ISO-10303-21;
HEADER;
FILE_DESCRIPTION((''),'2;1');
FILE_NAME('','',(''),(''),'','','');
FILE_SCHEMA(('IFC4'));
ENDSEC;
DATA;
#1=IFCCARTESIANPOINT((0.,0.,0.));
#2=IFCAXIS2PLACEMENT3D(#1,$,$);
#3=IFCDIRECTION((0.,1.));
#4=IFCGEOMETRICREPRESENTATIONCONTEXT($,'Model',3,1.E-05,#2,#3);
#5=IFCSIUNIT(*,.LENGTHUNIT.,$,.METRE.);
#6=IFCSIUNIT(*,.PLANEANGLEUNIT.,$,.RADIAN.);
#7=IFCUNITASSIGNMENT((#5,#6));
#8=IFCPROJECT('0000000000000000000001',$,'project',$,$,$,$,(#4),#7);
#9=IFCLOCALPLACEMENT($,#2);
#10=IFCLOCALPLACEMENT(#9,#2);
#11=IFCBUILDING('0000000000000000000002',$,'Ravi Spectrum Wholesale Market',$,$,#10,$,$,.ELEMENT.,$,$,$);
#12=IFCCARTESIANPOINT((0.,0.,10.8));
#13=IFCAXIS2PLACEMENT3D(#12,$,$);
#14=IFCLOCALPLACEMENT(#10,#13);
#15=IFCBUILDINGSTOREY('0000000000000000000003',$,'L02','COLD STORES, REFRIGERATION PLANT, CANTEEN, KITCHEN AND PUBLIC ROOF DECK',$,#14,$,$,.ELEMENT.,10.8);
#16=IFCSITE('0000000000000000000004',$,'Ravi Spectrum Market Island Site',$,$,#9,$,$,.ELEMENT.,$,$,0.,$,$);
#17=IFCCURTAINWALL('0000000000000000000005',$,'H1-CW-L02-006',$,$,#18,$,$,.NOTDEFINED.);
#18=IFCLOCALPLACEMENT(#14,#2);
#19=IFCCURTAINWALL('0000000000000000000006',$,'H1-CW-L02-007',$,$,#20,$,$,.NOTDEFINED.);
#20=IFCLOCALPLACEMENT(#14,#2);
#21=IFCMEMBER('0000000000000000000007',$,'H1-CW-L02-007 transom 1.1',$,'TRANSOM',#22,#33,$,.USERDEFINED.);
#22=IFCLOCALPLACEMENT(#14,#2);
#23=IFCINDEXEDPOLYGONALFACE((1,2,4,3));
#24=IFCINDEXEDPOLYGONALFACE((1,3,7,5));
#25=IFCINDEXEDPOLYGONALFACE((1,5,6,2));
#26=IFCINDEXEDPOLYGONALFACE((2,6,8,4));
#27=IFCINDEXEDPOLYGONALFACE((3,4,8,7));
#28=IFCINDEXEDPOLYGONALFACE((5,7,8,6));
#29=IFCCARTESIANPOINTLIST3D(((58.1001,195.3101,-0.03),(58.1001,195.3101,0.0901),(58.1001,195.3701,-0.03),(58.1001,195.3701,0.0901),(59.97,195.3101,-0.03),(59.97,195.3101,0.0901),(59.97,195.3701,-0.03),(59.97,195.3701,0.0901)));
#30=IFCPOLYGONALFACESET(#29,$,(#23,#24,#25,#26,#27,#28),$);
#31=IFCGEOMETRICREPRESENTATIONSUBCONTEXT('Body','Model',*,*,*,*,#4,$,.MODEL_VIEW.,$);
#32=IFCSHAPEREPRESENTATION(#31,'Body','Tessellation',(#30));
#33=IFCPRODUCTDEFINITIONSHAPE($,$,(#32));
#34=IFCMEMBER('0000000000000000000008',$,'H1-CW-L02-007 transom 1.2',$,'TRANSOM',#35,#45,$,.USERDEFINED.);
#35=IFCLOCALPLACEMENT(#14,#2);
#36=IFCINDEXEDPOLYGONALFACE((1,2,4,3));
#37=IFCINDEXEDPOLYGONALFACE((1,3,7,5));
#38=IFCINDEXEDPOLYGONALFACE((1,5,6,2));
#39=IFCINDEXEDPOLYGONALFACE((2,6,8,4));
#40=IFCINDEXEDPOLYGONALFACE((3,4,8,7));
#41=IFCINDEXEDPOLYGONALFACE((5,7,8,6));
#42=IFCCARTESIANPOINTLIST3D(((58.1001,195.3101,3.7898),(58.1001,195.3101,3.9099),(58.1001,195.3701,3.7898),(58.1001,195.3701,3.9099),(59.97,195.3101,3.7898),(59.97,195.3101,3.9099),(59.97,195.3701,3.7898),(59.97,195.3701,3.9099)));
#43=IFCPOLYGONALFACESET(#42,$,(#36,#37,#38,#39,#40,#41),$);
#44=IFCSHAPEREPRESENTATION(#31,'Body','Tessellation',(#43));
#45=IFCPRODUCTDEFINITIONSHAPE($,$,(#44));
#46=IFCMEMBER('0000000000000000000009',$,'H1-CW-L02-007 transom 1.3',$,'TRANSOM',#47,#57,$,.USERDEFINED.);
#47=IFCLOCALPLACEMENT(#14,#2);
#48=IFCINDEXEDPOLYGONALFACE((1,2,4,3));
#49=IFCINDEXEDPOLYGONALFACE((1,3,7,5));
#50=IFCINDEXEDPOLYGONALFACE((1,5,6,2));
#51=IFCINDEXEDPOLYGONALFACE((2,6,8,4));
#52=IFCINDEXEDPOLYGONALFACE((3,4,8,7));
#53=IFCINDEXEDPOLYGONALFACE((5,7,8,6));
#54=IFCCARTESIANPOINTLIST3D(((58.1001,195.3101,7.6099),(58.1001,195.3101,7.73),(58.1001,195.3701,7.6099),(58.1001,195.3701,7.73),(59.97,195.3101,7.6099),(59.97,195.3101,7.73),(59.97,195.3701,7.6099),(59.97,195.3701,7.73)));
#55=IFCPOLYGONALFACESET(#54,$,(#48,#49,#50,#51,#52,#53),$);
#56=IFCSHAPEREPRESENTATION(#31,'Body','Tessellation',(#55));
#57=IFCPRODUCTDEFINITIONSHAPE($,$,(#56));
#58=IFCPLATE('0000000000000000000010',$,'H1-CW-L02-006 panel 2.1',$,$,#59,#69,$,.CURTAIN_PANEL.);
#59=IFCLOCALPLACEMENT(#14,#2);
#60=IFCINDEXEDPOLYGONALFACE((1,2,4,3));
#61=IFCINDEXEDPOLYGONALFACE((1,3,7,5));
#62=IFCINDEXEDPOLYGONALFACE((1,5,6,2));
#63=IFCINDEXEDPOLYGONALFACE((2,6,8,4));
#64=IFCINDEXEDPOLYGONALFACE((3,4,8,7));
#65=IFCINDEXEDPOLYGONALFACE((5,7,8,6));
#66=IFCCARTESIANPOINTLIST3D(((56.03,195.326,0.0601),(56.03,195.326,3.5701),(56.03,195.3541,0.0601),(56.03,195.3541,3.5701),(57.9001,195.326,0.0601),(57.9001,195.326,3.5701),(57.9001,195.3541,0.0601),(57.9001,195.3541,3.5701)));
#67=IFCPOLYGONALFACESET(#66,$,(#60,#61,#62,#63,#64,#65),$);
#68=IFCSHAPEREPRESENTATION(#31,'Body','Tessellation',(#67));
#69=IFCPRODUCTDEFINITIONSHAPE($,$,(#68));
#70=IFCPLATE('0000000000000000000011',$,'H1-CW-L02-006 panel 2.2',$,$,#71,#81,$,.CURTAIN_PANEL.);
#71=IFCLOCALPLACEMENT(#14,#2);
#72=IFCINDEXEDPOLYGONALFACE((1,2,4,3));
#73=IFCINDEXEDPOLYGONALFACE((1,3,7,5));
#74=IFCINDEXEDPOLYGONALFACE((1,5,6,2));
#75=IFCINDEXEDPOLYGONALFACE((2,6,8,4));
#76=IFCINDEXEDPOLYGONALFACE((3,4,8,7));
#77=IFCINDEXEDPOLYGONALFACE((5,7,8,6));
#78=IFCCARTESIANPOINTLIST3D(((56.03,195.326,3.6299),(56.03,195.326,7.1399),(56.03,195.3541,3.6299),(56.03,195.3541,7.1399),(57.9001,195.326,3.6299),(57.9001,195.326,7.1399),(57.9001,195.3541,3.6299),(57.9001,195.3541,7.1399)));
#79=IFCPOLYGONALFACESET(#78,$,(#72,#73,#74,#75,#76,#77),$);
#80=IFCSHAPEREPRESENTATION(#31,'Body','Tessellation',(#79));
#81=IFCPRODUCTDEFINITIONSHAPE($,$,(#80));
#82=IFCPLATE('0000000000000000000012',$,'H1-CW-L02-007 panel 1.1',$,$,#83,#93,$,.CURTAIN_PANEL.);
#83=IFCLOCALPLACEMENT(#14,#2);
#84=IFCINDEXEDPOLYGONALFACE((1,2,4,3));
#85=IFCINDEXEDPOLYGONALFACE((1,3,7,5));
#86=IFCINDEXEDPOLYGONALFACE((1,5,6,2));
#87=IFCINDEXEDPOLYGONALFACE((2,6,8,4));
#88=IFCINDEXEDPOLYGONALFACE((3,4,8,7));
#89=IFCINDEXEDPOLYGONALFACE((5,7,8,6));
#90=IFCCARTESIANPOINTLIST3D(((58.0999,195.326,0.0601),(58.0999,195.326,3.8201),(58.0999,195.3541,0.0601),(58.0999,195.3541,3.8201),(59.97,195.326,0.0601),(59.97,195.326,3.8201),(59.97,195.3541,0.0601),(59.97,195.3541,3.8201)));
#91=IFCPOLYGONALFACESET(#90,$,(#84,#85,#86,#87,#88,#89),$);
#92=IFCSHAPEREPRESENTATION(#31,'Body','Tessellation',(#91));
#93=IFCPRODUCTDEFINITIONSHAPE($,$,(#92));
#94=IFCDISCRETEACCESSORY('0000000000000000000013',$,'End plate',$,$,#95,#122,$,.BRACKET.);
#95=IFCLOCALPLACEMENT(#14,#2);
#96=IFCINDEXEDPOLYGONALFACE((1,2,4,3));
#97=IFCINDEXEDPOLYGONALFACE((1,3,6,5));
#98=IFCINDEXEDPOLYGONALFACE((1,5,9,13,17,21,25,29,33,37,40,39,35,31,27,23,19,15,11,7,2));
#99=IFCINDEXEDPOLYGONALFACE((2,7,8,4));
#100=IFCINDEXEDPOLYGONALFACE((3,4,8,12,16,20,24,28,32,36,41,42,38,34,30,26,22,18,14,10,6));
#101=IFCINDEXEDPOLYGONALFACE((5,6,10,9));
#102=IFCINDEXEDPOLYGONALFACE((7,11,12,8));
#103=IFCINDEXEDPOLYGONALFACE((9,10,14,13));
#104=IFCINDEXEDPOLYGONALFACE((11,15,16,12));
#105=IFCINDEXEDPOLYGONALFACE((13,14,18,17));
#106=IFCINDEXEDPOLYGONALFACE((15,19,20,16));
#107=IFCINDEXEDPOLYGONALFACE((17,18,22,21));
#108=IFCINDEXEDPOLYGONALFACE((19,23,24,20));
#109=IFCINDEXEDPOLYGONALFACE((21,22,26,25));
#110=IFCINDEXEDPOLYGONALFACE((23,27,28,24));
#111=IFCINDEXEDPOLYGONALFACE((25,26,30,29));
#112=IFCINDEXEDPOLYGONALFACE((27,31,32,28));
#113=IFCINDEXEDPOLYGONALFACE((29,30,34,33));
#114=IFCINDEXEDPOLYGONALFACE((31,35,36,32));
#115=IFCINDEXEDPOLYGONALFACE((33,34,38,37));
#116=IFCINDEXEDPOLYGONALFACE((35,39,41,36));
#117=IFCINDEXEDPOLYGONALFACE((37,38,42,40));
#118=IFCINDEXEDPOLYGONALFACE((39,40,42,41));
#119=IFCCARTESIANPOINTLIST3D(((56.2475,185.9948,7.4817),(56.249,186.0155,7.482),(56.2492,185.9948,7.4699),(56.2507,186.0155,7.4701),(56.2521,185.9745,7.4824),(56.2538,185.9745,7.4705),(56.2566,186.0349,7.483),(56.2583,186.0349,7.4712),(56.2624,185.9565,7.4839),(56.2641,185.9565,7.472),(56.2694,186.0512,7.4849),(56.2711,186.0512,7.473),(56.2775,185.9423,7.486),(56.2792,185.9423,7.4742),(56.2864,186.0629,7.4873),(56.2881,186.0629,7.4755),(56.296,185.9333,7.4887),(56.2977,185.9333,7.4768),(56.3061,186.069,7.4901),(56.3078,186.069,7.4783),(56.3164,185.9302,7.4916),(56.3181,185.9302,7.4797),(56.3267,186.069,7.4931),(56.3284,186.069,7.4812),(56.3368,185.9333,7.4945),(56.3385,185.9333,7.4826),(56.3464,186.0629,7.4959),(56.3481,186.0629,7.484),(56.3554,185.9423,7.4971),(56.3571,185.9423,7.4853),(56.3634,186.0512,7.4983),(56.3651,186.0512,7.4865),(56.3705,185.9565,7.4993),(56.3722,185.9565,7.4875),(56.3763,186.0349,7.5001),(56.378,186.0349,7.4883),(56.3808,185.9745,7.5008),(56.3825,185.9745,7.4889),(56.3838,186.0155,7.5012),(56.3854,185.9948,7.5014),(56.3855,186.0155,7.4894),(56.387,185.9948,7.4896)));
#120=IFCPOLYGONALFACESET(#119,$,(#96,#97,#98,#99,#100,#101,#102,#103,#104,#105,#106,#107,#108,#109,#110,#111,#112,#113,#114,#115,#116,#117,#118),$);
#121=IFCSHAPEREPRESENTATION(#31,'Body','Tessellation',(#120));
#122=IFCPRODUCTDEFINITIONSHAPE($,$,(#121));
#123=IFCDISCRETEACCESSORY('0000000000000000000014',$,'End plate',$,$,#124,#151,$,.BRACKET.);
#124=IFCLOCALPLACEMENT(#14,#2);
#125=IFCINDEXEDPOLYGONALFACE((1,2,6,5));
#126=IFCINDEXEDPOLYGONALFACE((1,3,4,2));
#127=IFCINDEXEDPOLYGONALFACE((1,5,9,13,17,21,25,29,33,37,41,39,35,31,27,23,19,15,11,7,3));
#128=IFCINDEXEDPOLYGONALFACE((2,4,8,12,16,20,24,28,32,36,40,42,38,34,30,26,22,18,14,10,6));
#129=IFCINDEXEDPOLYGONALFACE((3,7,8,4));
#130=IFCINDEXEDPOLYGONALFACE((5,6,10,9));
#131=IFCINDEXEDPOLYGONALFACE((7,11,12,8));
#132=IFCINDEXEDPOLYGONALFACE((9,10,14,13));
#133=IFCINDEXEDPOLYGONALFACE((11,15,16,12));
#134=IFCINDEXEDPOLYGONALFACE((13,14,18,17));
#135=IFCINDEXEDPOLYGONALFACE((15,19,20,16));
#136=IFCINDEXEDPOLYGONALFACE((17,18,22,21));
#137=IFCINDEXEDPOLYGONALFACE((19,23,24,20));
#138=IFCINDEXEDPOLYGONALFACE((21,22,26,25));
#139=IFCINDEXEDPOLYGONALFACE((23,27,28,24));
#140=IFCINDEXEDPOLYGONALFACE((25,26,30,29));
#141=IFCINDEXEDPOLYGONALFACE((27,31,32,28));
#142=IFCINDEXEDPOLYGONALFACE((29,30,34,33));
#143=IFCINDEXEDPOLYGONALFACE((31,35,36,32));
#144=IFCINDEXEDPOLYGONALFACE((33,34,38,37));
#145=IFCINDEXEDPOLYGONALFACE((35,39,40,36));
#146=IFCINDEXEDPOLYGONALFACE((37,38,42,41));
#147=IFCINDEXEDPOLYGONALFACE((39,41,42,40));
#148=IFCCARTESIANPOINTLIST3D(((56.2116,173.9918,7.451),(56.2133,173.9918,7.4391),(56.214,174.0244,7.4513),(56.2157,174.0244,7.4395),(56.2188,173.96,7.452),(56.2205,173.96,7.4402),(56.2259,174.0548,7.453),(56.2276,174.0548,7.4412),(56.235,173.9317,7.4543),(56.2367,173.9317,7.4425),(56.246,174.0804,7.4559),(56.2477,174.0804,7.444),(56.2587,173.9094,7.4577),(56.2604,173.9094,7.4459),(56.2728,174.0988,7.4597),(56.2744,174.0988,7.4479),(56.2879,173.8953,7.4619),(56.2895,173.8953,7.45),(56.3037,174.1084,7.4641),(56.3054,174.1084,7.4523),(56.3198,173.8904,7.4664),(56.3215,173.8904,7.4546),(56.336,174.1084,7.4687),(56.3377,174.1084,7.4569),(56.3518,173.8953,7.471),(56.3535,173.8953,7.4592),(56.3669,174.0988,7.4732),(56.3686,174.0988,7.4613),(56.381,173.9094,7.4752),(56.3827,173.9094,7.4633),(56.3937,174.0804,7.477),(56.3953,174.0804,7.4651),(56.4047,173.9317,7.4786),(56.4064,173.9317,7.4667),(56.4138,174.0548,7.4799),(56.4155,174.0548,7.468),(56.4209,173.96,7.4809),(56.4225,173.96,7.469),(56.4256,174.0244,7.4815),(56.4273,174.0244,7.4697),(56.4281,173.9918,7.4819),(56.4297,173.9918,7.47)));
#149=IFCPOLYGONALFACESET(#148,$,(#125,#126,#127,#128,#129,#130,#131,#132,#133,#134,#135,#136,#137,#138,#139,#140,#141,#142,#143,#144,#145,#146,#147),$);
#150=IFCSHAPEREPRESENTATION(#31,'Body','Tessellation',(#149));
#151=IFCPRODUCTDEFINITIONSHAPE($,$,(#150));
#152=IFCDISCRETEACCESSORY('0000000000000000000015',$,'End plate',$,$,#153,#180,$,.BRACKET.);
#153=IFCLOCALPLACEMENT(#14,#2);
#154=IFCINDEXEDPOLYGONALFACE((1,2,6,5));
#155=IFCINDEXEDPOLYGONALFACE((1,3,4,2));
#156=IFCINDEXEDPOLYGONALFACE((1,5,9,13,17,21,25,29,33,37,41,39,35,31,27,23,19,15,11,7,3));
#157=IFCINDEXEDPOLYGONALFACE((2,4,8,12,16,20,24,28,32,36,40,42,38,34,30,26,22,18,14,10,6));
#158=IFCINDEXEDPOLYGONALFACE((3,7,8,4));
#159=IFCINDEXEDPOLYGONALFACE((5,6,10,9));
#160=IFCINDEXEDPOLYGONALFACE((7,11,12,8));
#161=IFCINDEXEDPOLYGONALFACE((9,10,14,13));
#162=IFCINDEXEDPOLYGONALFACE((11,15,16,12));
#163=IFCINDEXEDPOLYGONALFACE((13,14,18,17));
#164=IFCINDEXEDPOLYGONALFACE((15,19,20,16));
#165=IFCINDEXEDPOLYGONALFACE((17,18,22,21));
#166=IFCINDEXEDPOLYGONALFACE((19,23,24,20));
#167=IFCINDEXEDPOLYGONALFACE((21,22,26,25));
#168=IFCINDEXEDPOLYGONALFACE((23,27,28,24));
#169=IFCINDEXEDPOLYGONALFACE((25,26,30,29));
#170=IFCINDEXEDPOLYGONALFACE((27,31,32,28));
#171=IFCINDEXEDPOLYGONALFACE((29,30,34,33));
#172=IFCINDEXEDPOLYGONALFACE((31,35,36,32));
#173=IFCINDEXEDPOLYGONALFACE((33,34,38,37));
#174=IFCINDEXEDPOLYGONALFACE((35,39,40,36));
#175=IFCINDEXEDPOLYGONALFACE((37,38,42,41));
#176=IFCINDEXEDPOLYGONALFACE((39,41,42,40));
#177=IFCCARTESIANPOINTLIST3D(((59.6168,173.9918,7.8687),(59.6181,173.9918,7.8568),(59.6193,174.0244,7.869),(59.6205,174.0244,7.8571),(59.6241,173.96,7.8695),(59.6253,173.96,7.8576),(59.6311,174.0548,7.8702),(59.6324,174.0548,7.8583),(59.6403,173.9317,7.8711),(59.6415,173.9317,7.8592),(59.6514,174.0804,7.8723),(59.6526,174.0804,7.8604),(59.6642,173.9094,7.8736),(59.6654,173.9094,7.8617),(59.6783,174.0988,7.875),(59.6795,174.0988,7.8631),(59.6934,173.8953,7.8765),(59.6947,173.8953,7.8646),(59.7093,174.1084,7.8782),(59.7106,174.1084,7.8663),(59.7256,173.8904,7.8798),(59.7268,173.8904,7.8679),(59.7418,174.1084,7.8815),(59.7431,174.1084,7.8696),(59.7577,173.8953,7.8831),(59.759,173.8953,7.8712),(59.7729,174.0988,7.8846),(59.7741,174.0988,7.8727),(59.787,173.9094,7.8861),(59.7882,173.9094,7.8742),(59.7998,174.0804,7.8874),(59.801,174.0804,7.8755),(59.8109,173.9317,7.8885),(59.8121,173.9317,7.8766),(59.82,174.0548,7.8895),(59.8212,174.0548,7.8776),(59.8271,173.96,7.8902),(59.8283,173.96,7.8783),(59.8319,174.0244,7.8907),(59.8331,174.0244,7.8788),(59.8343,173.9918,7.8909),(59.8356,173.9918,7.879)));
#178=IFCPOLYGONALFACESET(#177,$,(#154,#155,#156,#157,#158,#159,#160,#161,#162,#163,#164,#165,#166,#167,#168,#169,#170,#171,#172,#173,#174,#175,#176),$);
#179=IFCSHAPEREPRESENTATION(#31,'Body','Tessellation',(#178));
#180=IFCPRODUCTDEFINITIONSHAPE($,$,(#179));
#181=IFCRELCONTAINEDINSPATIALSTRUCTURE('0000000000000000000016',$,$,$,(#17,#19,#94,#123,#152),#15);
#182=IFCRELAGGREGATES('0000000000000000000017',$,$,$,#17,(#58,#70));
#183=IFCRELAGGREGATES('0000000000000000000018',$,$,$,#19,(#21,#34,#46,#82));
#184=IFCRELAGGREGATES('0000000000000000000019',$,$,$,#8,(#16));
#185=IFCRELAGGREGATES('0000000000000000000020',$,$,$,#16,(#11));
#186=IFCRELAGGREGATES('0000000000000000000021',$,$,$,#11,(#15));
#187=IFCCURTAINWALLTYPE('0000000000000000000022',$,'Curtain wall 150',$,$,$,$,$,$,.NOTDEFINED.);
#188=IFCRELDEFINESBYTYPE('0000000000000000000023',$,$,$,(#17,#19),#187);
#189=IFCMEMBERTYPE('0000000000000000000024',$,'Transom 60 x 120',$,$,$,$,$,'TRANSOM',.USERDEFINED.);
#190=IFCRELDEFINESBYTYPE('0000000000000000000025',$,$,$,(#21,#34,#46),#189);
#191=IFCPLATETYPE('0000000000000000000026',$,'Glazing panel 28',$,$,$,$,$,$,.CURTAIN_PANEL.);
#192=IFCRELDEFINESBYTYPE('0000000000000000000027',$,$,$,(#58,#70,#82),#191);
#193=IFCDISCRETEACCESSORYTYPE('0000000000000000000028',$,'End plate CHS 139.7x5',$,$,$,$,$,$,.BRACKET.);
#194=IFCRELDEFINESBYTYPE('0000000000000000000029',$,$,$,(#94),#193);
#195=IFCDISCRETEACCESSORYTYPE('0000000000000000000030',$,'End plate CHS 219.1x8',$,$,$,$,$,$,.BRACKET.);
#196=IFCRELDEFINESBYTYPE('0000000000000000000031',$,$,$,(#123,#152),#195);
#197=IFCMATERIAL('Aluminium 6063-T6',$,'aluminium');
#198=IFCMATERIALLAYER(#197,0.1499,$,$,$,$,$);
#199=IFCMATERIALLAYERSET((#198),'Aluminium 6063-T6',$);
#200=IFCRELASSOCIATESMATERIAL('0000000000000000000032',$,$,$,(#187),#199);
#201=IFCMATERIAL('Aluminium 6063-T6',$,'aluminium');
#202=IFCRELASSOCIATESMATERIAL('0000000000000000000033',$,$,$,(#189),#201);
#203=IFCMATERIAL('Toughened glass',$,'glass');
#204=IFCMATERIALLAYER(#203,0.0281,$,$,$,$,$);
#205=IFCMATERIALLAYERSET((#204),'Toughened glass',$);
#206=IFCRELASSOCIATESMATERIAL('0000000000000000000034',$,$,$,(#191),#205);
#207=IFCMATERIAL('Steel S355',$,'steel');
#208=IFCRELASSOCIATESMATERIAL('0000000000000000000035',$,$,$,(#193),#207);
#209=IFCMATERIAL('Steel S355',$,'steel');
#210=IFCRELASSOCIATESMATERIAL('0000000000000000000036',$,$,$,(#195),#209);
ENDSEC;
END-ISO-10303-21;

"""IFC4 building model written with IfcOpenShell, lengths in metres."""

from ifc_helpers import new_model, si_unit, direction, frame, origin, origin_2d, place, context, subcontext, project, spatial, rectangle, circle, extrude, material, layer, layer_set, material_profile, profile_set, type_object, element, aggregate, save


model = new_model("IFC4")

# Units and contexts
model_context = context("Model", 3, precision=1e-05, world=origin(), true_north=direction((0.0, 1.0)))
body_context = subcontext(model_context, "Body", "Model", "MODEL_VIEW")
ifc_project = project(units=[si_unit("LENGTHUNIT", "METRE"), si_unit("PLANEANGLEUNIT", "RADIAN")], contexts=[model_context])

# Site, building, storey
site_placement = place(None, origin())
site = spatial("IfcSite", under=ifc_project, at=site_placement, Name="Ravi Spectrum Market Island Site", CompositionType="ELEMENT", RefElevation=0.0)
building_placement = place(site_placement, origin())
building = spatial("IfcBuilding", under=site, at=building_placement, Name="Ravi Spectrum Wholesale Market", CompositionType="ELEMENT")
storey_placement = place(building_placement, frame((0.0, 0.0, 10.8)))
storey = spatial("IfcBuildingStorey", under=building, at=storey_placement, Name="L02", Description="COLD STORES, REFRIGERATION PLANT, CANTEEN, KITCHEN AND PUBLIC ROOF DECK", CompositionType="ELEMENT", Elevation=10.8)

# Curtain walls
ifc_material_1 = material(Name="Aluminium 6063-T6", Category="aluminium")
ifc_layer_1 = layer(ifc_material_1, 0.1499)
ifc_layer_set_1 = layer_set([ifc_layer_1], Name="Aluminium 6063-T6")
curtain_wall_type = type_object("IfcCurtainWallType", Name="Curtain wall 150", PredefinedType="NOTDEFINED", material=ifc_layer_set_1)
curtain_wall_1_placement = place(storey_placement, origin())
curtain_wall_1 = element("IfcCurtainWall", 1, at=curtain_wall_1_placement, inside=storey, type_object=curtain_wall_type, Name="H1-CW-L02-006", PredefinedType="NOTDEFINED")
curtain_wall_2_placement = place(storey_placement, origin())
curtain_wall_2 = element("IfcCurtainWall", 2, at=curtain_wall_2_placement, inside=storey, type_object=curtain_wall_type, Name="H1-CW-L02-007", PredefinedType="NOTDEFINED")

# Members
ifc_material_2 = material(Name="Aluminium 6063-T6", Category="aluminium")
ifc_material_profile_1 = material_profile(ifc_material_2, rectangle(XDim=0.0601, YDim=0.1201, at=origin_2d()))
ifc_profile_set_1 = profile_set([ifc_material_profile_1], Name="Aluminium 6063-T6")
member_type_1 = type_object("IfcMemberType", Name="Transom 60 x 120", ElementType="TRANSOM", PredefinedType="USERDEFINED", material=ifc_profile_set_1)
member_1_placement = place(storey_placement, frame((58.1001, 195.3401, 0.03), z_axis=(1.0, 0.0, 0.0), x_axis=(0.0, 1.0, 0.0)))
member_1 = element("IfcMember", 3, at=member_1_placement, type_object=member_type_1, Name="H1-CW-L02-007 transom 1.1", ObjectType="TRANSOM", PredefinedType="USERDEFINED", context=body_context, shape_type="SweptSolid", body=[
    extrude(rectangle(XDim=0.0601, YDim=0.1201, at=origin_2d()), origin(), (0.0, 0.0, 1.0), 1.8699),
])
member_2_placement = place(storey_placement, frame((58.1001, 195.3401, 3.8499), z_axis=(1.0, 0.0, 0.0), x_axis=(0.0, 1.0, 0.0)))
member_2 = element("IfcMember", 4, at=member_2_placement, type_object=member_type_1, Name="H1-CW-L02-007 transom 1.2", ObjectType="TRANSOM", PredefinedType="USERDEFINED", context=body_context, shape_type="SweptSolid", body=[
    extrude(rectangle(XDim=0.0601, YDim=0.1201, at=origin_2d()), origin(), (0.0, 0.0, 1.0), 1.8699),
])
member_3_placement = place(storey_placement, frame((58.1001, 195.3401, 7.6699), z_axis=(1.0, 0.0, 0.0), x_axis=(0.0, 1.0, 0.0)))
member_3 = element("IfcMember", 5, at=member_3_placement, type_object=member_type_1, Name="H1-CW-L02-007 transom 1.3", ObjectType="TRANSOM", PredefinedType="USERDEFINED", context=body_context, shape_type="SweptSolid", body=[
    extrude(rectangle(XDim=0.0601, YDim=0.1201, at=origin_2d()), origin(), (0.0, 0.0, 1.0), 1.8699),
])

# Plates
ifc_material_3 = material(Name="Toughened glass", Category="glass")
ifc_layer_2 = layer(ifc_material_3, 0.0281)
ifc_layer_set_2 = layer_set([ifc_layer_2], Name="Toughened glass")
plate_type = type_object("IfcPlateType", Name="Glazing panel 28", PredefinedType="CURTAIN_PANEL", material=ifc_layer_set_2)
plate_1_placement = place(storey_placement, frame((56.9651, 195.3401, 0.0601), z_axis=(0.0, 0.0, 1.0), x_axis=(1.0, 0.0, 0.0)))
plate_1 = element("IfcPlate", 6, at=plate_1_placement, type_object=plate_type, Name="H1-CW-L02-006 panel 2.1", PredefinedType="CURTAIN_PANEL", context=body_context, shape_type="SweptSolid", body=[
    extrude(rectangle(XDim=1.8701, YDim=0.0281, at=origin_2d()), origin(), (0.0, 0.0, 1.0), 3.51),
])
plate_2_placement = place(storey_placement, frame((56.9651, 195.3401, 3.6299), z_axis=(0.0, 0.0, 1.0), x_axis=(1.0, 0.0, 0.0)))
plate_2 = element("IfcPlate", 7, at=plate_2_placement, type_object=plate_type, Name="H1-CW-L02-006 panel 2.2", PredefinedType="CURTAIN_PANEL", context=body_context, shape_type="SweptSolid", body=[
    extrude(rectangle(XDim=1.8701, YDim=0.0281, at=origin_2d()), origin(), (0.0, 0.0, 1.0), 3.51),
])
aggregate(curtain_wall_1, [plate_1, plate_2])
plate_3_placement = place(storey_placement, frame((59.0349, 195.3401, 0.0601), z_axis=(0.0, 0.0, 1.0), x_axis=(1.0, 0.0, 0.0)))
plate_3 = element("IfcPlate", 8, at=plate_3_placement, type_object=plate_type, Name="H1-CW-L02-007 panel 1.1", PredefinedType="CURTAIN_PANEL", context=body_context, shape_type="SweptSolid", body=[
    extrude(rectangle(XDim=1.8701, YDim=0.0281, at=origin_2d()), origin(), (0.0, 0.0, 1.0), 3.76),
])
aggregate(curtain_wall_2, [member_1, member_2, member_3, plate_3])

# Discrete accessories
ifc_material_4 = material(Name="Steel S355", Category="steel")
ifc_material_profile_2 = material_profile(ifc_material_4, circle(Radius=0.0698, at=origin_2d()))
ifc_profile_set_2 = profile_set([ifc_material_profile_2], Name="Steel S355")
discrete_accessory_type_1 = type_object("IfcDiscreteAccessoryType", Name="End plate CHS 139.7x5", PredefinedType="BRACKET", material=ifc_profile_set_2)
discrete_accessory_1_placement = place(storey_placement, frame((56.3181, 186.0, 7.4797), z_axis=(-0.141421, 0.0, 0.989949), x_axis=(0.0, -1.0, 0.0)))
element("IfcDiscreteAccessory", 9, at=discrete_accessory_1_placement, inside=storey, type_object=discrete_accessory_type_1, Name="End plate", PredefinedType="BRACKET", context=body_context, shape_type="SweptSolid", body=[
    extrude(circle(Radius=0.0698, at=origin_2d()), origin(), (0.0, 0.0, 1.0), 0.012),
])
ifc_material_5 = material(Name="Steel S355", Category="steel")
ifc_material_profile_3 = material_profile(ifc_material_5, circle(Radius=0.1096, at=origin_2d()))
ifc_profile_set_3 = profile_set([ifc_material_profile_3], Name="Steel S355")
discrete_accessory_type_2 = type_object("IfcDiscreteAccessoryType", Name="End plate CHS 219.1x8", PredefinedType="BRACKET", material=ifc_profile_set_3)
for number, where, z_axis, x_axis, name in (
    (10, (56.3215, 174.0, 7.4546), (-0.141421, 0.0, 0.989949), (0.0, -1.0, 0.0), "End plate"),
    (11, (59.7268, 174.0, 7.8679), (-0.101514, 0.0, 0.994834), (0.0, -1.0, 0.0), "End plate"),
):
    element("IfcDiscreteAccessory", number, at=place(storey_placement, frame(where, z_axis=z_axis, x_axis=x_axis)), inside=storey, type_object=discrete_accessory_type_2, Name=name, PredefinedType="BRACKET", context=body_context, shape_type="SweptSolid", body=[
        extrude(circle(Radius=0.1096, at=origin_2d()), origin(), (0.0, 0.0, 1.0), 0.012),
    ])

save(model, "model.ifc")
